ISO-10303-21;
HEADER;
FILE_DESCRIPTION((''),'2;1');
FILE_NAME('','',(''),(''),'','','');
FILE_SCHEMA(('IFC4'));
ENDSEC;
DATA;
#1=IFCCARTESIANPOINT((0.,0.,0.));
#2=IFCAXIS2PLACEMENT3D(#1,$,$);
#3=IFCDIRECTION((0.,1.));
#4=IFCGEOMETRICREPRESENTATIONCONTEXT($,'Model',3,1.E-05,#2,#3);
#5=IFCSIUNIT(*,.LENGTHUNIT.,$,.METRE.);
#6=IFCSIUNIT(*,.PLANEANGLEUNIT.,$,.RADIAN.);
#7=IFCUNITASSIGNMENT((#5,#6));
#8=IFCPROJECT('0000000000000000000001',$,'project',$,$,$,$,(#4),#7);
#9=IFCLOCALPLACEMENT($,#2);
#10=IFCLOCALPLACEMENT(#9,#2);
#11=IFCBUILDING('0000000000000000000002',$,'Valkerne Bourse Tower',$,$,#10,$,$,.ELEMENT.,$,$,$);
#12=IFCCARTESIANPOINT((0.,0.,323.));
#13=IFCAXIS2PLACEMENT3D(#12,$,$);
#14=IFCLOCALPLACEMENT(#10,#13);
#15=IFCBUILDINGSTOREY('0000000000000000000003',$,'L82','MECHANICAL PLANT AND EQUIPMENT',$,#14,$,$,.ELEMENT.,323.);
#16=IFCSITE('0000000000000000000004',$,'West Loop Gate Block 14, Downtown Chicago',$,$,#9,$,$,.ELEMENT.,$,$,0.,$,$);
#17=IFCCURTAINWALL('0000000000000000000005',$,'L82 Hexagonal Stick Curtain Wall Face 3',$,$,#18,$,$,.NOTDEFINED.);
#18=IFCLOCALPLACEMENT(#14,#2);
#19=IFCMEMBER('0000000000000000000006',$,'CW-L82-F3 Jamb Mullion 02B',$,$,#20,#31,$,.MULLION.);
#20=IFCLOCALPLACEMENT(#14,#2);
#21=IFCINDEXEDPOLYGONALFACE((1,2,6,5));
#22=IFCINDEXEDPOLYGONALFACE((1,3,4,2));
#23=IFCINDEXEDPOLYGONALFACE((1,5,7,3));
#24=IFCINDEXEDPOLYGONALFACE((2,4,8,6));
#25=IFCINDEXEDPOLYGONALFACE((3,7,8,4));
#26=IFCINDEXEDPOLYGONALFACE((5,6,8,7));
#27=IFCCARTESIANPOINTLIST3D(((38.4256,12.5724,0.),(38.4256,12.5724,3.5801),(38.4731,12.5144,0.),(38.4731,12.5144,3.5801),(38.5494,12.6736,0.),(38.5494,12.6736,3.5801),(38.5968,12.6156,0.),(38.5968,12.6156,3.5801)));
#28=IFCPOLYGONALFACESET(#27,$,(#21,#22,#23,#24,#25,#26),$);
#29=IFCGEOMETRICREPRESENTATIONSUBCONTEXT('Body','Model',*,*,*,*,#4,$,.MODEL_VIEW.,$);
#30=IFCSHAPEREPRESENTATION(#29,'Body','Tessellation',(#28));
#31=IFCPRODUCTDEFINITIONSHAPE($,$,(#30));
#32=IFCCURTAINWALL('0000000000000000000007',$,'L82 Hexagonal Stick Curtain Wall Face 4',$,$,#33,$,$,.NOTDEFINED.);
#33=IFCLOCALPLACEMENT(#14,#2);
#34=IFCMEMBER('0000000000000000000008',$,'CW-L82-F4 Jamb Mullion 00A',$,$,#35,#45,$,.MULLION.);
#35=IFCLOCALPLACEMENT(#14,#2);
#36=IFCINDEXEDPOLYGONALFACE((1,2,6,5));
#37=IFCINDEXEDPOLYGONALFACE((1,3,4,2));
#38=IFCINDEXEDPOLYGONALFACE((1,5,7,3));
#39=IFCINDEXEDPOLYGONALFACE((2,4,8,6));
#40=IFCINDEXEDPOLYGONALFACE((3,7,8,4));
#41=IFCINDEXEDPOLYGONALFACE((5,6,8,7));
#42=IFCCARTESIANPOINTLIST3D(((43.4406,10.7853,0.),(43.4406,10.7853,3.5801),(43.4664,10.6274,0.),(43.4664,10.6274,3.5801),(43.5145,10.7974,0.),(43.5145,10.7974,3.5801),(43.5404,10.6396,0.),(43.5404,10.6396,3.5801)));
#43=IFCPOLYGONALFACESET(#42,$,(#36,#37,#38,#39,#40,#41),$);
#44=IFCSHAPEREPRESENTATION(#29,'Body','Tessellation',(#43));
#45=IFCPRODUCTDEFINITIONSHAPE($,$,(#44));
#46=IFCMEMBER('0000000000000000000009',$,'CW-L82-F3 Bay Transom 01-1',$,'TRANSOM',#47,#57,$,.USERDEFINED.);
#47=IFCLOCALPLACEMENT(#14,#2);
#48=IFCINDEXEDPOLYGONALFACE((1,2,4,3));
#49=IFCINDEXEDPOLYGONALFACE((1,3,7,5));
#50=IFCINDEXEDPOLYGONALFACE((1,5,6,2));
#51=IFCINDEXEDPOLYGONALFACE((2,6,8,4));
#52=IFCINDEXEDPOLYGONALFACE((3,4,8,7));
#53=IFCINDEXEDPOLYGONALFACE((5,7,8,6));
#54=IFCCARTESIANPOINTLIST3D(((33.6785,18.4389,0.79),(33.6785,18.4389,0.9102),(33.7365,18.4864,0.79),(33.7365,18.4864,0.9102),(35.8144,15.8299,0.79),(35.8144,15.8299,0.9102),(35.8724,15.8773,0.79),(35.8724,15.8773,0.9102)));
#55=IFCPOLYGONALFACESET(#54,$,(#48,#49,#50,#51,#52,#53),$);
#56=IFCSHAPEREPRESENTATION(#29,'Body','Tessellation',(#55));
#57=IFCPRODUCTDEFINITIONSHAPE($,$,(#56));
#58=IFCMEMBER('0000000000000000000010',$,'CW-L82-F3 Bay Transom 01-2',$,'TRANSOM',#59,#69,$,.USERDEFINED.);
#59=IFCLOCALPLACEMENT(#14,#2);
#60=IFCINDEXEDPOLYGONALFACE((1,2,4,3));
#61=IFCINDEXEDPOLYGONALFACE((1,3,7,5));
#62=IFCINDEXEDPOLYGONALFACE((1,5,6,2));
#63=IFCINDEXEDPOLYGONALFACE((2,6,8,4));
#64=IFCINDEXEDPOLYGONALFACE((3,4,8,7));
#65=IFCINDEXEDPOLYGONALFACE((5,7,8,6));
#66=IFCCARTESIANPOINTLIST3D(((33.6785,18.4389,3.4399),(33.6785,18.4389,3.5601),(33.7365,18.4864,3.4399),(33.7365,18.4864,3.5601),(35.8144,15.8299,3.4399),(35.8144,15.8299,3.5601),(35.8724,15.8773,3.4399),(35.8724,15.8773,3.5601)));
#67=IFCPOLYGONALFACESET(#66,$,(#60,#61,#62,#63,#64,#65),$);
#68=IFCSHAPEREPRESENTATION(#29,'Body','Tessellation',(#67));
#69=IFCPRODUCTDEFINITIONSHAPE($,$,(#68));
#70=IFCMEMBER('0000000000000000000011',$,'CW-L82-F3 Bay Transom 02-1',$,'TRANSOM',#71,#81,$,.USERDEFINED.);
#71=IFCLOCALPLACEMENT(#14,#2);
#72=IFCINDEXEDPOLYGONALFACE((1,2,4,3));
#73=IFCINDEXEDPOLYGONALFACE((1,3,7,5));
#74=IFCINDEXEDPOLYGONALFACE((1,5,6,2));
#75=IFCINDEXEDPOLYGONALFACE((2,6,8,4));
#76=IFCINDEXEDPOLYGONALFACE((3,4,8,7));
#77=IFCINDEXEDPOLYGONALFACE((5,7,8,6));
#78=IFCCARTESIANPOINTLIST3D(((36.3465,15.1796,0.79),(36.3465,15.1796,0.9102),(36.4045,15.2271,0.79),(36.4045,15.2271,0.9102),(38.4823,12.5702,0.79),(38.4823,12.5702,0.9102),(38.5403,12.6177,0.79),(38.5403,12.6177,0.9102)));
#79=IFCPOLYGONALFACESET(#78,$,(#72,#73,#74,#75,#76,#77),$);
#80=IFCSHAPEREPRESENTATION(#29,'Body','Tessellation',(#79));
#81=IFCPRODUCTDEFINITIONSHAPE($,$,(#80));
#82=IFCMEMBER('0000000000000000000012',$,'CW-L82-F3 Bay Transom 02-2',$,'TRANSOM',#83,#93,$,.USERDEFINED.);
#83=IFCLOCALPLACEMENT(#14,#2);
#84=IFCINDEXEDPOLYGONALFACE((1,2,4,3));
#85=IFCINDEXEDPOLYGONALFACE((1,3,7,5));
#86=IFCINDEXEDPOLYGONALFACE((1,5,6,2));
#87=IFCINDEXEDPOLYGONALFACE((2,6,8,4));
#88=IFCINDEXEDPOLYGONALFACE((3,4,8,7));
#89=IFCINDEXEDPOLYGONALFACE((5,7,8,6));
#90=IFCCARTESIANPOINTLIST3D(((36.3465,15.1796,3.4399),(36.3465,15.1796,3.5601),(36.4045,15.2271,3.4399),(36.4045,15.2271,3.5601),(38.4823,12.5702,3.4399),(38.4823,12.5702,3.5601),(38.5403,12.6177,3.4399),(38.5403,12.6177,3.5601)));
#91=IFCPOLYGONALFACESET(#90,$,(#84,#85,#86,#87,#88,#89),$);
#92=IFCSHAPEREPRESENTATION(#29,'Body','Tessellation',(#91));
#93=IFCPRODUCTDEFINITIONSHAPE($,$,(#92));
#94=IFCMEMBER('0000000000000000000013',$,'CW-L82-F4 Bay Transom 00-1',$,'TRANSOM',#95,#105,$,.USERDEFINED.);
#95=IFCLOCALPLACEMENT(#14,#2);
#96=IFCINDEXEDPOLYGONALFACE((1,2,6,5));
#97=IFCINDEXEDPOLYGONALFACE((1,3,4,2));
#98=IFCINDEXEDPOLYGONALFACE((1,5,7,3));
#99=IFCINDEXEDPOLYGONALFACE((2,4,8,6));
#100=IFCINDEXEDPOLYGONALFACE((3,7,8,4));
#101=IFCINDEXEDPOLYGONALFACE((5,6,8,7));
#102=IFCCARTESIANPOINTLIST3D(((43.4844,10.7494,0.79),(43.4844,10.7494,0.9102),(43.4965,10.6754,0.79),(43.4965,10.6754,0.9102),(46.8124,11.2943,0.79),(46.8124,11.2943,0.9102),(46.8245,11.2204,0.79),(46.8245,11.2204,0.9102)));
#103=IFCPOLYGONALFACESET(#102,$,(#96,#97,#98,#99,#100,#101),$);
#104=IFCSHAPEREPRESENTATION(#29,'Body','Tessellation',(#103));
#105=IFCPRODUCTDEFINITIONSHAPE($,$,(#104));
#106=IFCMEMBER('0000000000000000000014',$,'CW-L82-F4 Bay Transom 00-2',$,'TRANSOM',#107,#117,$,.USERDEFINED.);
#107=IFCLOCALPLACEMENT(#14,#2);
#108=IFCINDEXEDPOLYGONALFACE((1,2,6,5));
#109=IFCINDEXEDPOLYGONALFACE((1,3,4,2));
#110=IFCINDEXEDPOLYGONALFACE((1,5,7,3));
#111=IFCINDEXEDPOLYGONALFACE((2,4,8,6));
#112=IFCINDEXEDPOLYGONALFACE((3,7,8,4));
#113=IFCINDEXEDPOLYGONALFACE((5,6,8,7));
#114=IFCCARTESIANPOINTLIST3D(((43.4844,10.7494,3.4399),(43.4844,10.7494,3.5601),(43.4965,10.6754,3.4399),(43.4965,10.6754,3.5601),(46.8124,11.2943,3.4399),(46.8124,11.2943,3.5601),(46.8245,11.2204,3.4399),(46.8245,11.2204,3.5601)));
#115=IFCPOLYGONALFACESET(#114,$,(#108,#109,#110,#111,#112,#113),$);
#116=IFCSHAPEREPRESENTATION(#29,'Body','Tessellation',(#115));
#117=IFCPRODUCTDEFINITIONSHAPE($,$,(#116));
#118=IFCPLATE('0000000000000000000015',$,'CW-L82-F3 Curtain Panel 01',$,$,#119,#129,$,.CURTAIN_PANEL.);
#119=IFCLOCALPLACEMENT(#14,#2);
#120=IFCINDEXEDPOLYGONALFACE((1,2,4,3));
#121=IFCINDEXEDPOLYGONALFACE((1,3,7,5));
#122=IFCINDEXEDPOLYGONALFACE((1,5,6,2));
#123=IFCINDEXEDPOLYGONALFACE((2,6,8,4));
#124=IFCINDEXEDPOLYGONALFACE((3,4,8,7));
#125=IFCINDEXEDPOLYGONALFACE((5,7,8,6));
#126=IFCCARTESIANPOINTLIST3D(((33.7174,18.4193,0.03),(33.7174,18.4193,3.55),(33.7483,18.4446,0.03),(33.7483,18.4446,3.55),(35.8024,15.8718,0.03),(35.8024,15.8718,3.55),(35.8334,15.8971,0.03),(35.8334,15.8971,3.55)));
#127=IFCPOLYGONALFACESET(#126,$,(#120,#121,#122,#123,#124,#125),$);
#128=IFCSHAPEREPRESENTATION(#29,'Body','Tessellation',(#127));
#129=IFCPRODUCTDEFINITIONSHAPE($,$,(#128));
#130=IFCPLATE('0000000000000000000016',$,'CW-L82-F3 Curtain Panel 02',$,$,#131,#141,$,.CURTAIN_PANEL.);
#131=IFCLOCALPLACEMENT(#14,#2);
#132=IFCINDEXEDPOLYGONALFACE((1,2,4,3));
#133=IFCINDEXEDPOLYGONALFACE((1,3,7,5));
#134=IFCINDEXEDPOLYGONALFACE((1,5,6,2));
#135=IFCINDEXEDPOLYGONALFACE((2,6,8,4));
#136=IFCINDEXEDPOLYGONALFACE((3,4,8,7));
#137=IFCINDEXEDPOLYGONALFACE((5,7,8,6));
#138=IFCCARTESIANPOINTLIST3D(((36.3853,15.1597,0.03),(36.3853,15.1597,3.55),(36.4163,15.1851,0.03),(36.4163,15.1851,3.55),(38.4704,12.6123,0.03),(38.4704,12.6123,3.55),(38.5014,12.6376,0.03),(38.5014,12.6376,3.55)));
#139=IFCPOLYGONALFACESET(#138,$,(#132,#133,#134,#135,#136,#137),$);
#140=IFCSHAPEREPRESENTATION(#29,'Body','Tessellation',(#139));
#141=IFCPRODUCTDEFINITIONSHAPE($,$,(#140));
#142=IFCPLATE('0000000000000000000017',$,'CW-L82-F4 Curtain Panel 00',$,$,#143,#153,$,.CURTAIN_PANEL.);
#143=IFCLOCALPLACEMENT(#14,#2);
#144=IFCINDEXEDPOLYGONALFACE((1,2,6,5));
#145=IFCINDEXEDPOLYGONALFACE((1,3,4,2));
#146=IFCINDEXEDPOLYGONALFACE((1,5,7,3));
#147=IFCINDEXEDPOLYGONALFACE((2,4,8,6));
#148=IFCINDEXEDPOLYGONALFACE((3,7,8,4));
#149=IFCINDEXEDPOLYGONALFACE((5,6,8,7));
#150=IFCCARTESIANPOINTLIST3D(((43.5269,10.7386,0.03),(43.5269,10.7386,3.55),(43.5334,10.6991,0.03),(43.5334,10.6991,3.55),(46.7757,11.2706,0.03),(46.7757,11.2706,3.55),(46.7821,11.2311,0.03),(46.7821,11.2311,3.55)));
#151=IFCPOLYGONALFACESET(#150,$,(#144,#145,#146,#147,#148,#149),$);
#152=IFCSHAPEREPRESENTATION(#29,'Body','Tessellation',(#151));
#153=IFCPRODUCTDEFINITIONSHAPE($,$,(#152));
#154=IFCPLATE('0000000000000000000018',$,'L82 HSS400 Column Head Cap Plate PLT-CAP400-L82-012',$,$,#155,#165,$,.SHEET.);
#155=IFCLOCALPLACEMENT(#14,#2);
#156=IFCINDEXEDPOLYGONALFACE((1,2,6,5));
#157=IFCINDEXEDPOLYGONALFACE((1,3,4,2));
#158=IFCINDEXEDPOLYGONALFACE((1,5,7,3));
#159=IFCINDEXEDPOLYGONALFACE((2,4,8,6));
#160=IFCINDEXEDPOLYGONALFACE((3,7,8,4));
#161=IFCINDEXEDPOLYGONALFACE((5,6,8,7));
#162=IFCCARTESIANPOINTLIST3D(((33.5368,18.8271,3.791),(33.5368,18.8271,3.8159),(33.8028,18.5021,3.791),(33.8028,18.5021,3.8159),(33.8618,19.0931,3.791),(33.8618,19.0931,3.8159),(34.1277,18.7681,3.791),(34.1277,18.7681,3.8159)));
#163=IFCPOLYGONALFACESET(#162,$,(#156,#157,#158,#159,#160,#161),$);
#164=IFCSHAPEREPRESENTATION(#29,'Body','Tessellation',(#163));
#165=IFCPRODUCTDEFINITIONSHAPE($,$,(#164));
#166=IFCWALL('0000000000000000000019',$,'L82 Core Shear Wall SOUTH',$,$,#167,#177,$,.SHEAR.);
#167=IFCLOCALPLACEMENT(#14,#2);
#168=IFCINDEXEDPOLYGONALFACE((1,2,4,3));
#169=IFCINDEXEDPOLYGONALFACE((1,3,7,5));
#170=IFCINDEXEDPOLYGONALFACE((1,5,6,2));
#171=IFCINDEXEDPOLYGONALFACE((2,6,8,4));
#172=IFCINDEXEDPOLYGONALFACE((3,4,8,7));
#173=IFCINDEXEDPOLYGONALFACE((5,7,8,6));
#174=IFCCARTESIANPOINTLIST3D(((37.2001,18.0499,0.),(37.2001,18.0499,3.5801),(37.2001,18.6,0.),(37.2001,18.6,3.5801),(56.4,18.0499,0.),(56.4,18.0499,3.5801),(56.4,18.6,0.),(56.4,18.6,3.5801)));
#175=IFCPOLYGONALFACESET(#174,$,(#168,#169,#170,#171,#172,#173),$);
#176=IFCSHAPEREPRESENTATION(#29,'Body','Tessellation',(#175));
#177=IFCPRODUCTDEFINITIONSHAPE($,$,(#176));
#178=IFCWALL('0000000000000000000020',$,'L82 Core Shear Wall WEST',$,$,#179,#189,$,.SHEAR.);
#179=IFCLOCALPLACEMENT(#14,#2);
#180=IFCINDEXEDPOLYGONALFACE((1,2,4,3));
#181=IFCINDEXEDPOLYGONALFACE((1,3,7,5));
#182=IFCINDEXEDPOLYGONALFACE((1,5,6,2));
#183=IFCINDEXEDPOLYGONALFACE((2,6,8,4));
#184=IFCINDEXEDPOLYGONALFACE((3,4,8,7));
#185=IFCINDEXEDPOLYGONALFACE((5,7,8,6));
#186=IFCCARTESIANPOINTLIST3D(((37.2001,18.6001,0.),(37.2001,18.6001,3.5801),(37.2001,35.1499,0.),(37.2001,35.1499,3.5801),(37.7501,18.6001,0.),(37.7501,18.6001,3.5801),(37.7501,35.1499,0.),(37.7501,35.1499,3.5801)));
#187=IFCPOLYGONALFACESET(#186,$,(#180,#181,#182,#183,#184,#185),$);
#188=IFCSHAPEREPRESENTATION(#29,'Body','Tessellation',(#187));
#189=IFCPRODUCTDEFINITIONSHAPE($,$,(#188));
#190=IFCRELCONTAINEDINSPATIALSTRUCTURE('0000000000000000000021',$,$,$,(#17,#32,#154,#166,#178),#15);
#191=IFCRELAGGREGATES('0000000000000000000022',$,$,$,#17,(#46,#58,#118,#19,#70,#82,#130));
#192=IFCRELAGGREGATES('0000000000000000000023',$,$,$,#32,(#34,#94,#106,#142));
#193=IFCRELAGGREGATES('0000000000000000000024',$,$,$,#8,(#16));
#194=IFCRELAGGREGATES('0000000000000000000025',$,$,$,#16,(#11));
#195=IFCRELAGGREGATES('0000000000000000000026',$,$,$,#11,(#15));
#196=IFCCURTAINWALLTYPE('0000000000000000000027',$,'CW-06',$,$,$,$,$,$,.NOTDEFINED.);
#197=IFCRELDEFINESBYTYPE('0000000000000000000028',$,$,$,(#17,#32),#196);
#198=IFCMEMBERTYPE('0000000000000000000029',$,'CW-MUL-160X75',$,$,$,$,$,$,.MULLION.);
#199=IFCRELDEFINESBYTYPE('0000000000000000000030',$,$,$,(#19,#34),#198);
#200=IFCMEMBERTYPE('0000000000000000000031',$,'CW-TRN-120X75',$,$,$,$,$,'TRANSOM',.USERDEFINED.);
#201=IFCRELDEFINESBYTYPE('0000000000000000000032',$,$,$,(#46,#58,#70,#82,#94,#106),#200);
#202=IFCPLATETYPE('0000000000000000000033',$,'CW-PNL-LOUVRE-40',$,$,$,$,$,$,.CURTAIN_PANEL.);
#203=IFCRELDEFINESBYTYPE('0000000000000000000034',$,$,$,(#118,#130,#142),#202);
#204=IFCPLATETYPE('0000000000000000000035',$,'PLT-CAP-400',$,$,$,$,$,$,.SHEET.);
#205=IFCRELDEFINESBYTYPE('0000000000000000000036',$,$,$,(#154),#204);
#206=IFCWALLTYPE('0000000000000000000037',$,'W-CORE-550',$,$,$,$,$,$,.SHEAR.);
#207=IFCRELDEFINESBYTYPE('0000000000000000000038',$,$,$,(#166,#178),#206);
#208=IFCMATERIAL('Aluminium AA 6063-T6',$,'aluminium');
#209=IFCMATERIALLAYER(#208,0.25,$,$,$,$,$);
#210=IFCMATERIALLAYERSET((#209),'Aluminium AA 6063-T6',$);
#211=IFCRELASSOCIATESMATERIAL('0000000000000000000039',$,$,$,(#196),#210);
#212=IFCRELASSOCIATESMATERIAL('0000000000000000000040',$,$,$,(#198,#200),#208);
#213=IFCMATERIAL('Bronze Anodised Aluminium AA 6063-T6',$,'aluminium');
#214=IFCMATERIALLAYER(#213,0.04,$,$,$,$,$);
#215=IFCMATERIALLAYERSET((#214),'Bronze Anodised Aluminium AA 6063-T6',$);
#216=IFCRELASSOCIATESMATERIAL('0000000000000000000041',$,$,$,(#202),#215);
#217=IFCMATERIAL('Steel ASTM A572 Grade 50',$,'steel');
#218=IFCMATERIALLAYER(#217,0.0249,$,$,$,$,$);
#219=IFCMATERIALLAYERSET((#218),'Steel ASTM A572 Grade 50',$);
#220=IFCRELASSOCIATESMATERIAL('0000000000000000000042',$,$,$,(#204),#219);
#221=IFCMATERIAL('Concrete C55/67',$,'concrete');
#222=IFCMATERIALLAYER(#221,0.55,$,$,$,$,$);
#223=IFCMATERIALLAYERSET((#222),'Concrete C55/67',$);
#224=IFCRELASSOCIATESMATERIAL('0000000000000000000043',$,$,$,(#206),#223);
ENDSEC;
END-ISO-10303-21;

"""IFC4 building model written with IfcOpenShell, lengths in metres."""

from ifc_helpers import new_model, si_unit, direction, frame, frame_2d, origin, origin_2d, place, context, subcontext, project, spatial, rectangle, extrude, material, layer, layer_set, material_profile, profile_set, type_object, element, aggregate, save


model = new_model("IFC4")

# Units and contexts
model_context = context("Model", 3, precision=1e-05, world=origin(), true_north=direction((0.0, 1.0)))
body_context = subcontext(model_context, "Body", "Model", "MODEL_VIEW")
ifc_project = project(units=[si_unit("LENGTHUNIT", "METRE"), si_unit("PLANEANGLEUNIT", "RADIAN")], contexts=[model_context])

# Site, building, storey
site_placement = place(None, origin())
site = spatial("IfcSite", under=ifc_project, at=site_placement, Name="West Loop Gate Block 14, Downtown Chicago", CompositionType="ELEMENT", RefElevation=0.0)
building_placement = place(site_placement, origin())
building = spatial("IfcBuilding", under=site, at=building_placement, Name="Valkerne Bourse Tower", CompositionType="ELEMENT")
storey_placement = place(building_placement, frame((0.0, 0.0, 323.0)))
storey = spatial("IfcBuildingStorey", under=building, at=storey_placement, Name="L82", Description="MECHANICAL PLANT AND EQUIPMENT", CompositionType="ELEMENT", Elevation=323.0)

# Curtain wall, member
ifc_material_1 = material(Name="Aluminium AA 6063-T6", Category="aluminium")
ifc_layer_1 = layer(ifc_material_1, 0.25)
ifc_layer_set_1 = layer_set([ifc_layer_1], Name="Aluminium AA 6063-T6")
curtain_wall_type = type_object("IfcCurtainWallType", Name="CW-06", PredefinedType="NOTDEFINED", material=ifc_layer_set_1)
curtain_wall_1_placement = place(storey_placement, origin())
curtain_wall_1 = element("IfcCurtainWall", 1, at=curtain_wall_1_placement, inside=storey, type_object=curtain_wall_type, Name="L82 Hexagonal Stick Curtain Wall Face 3", PredefinedType="NOTDEFINED")
ifc_material_profile_1 = material_profile(ifc_material_1, rectangle(XDim=0.075, YDim=0.1599, at=origin_2d()), Name="CWM-75X160")
ifc_profile_set_1 = profile_set([ifc_material_profile_1], Name="Aluminium AA 6063-T6")
member_type_1 = type_object("IfcMemberType", Name="CW-MUL-160X75", PredefinedType="MULLION", material=ifc_profile_set_1)
member_1_placement = place(storey_placement, frame((38.5112, 12.594, 0.0), z_axis=(0.0, 0.0, 1.0), x_axis=(0.633383, -0.773839, 0.0)))
member_1 = element("IfcMember", 2, at=member_1_placement, type_object=member_type_1, Name="CW-L82-F3 Jamb Mullion 02B", PredefinedType="MULLION", context=body_context, shape_type="SweptSolid", body=[
    extrude(rectangle(XDim=0.075, YDim=0.1599, at=origin_2d()), origin(), (0.0, 0.0, 1.0), 3.5801),
])

# Curtain wall, member
curtain_wall_2_placement = place(storey_placement, origin())
curtain_wall_2 = element("IfcCurtainWall", 3, at=curtain_wall_2_placement, inside=storey, type_object=curtain_wall_type, Name="L82 Hexagonal Stick Curtain Wall Face 4", PredefinedType="NOTDEFINED")
member_2_placement = place(storey_placement, frame((43.4905, 10.7124, 0.0), z_axis=(0.0, 0.0, 1.0), x_axis=(0.986855, 0.161607, 0.0)))
member_2 = element("IfcMember", 4, at=member_2_placement, type_object=member_type_1, Name="CW-L82-F4 Jamb Mullion 00A", PredefinedType="MULLION", context=body_context, shape_type="SweptSolid", body=[
    extrude(rectangle(XDim=0.075, YDim=0.1599, at=origin_2d()), origin(), (0.0, 0.0, 1.0), 3.5801),
])

# Members
ifc_material_profile_2 = material_profile(ifc_material_1, rectangle(XDim=0.075, YDim=0.1201, at=origin_2d()), Name="CWT-75X120")
ifc_profile_set_2 = profile_set([ifc_material_profile_2], Name="Aluminium AA 6063-T6")
member_type_2 = type_object("IfcMemberType", Name="CW-TRN-120X75", ElementType="TRANSOM", PredefinedType="USERDEFINED", material=ifc_profile_set_2)
member_3_placement = place(storey_placement, frame((33.7075, 18.4626, 0.8501), z_axis=(0.633459, -0.773777, 0.0), x_axis=(0.773777, 0.633459, 0.0)))
member_3 = element("IfcMember", 5, at=member_3_placement, type_object=member_type_2, Name="CW-L82-F3 Bay Transom 01-1", ObjectType="TRANSOM", PredefinedType="USERDEFINED", context=body_context, shape_type="SweptSolid", body=[
    extrude(rectangle(XDim=0.075, YDim=0.1201, at=origin_2d()), origin(), (0.0, 0.0, 1.0), 3.3718),
])
member_4_placement = place(storey_placement, frame((33.7075, 18.4626, 3.5), z_axis=(0.633459, -0.773777, 0.0), x_axis=(0.773777, 0.633459, 0.0)))
member_4 = element("IfcMember", 6, at=member_4_placement, type_object=member_type_2, Name="CW-L82-F3 Bay Transom 01-2", ObjectType="TRANSOM", PredefinedType="USERDEFINED", context=body_context, shape_type="SweptSolid", body=[
    extrude(rectangle(XDim=0.075, YDim=0.1201, at=origin_2d()), origin(), (0.0, 0.0, 1.0), 3.3718),
])
member_5_placement = place(storey_placement, frame((36.3755, 15.2034, 0.8501), z_axis=(0.63338, -0.773841, 0.0), x_axis=(0.773841, 0.63338, 0.0)))
member_5 = element("IfcMember", 7, at=member_5_placement, type_object=member_type_2, Name="CW-L82-F3 Bay Transom 02-1", ObjectType="TRANSOM", PredefinedType="USERDEFINED", context=body_context, shape_type="SweptSolid", body=[
    extrude(rectangle(XDim=0.075, YDim=0.1201, at=origin_2d()), origin(), (0.0, 0.0, 1.0), 3.3721),
])
member_6_placement = place(storey_placement, frame((36.3755, 15.2034, 3.5), z_axis=(0.63338, -0.773841, 0.0), x_axis=(0.773841, 0.63338, 0.0)))
member_6 = element("IfcMember", 8, at=member_6_placement, type_object=member_type_2, Name="CW-L82-F3 Bay Transom 02-2", ObjectType="TRANSOM", PredefinedType="USERDEFINED", context=body_context, shape_type="SweptSolid", body=[
    extrude(rectangle(XDim=0.075, YDim=0.1201, at=origin_2d()), origin(), (0.0, 0.0, 1.0), 3.3721),
])
member_7_placement = place(storey_placement, frame((43.4905, 10.7124, 0.8501), z_axis=(0.986858, 0.161592, 0.0), x_axis=(-0.161592, 0.986858, 0.0)))
member_7 = element("IfcMember", 9, at=member_7_placement, type_object=member_type_2, Name="CW-L82-F4 Bay Transom 00-1", ObjectType="TRANSOM", PredefinedType="USERDEFINED", context=body_context, shape_type="SweptSolid", body=[
    extrude(rectangle(XDim=0.075, YDim=0.1201, at=origin_2d()), origin(), (0.0, 0.0, 1.0), 3.3723),
])
member_8_placement = place(storey_placement, frame((43.4905, 10.7124, 3.5), z_axis=(0.986858, 0.161592, 0.0), x_axis=(-0.161592, 0.986858, 0.0)))
member_8 = element("IfcMember", 10, at=member_8_placement, type_object=member_type_2, Name="CW-L82-F4 Bay Transom 00-2", ObjectType="TRANSOM", PredefinedType="USERDEFINED", context=body_context, shape_type="SweptSolid", body=[
    extrude(rectangle(XDim=0.075, YDim=0.1201, at=origin_2d()), origin(), (0.0, 0.0, 1.0), 3.3723),
])

# Plates
ifc_material_2 = material(Name="Bronze Anodised Aluminium AA 6063-T6", Category="aluminium")
ifc_layer_2 = layer(ifc_material_2, 0.04)
ifc_layer_set_2 = layer_set([ifc_layer_2], Name="Bronze Anodised Aluminium AA 6063-T6")
plate_type_1 = type_object("IfcPlateType", Name="CW-PNL-LOUVRE-40", PredefinedType="CURTAIN_PANEL", material=ifc_layer_set_2)
plate_1_placement = place(storey_placement, frame((34.7754, 17.1582, 0.03), z_axis=(0.0, 0.0, 1.0), x_axis=(0.633383, -0.773839, 0.0)))
plate_1 = element("IfcPlate", 11, at=plate_1_placement, type_object=plate_type_1, Name="CW-L82-F3 Curtain Panel 01", PredefinedType="CURTAIN_PANEL", context=body_context, shape_type="SweptSolid", body=[
    extrude(rectangle(XDim=3.292, YDim=0.04, at=origin_2d()), origin(), (0.0, 0.0, 1.0), 3.52),
])
plate_2_placement = place(storey_placement, frame((37.4434, 13.8987, 0.03), z_axis=(0.0, 0.0, 1.0), x_axis=(0.633383, -0.773839, 0.0)))
plate_2 = element("IfcPlate", 12, at=plate_2_placement, type_object=plate_type_1, Name="CW-L82-F3 Curtain Panel 02", PredefinedType="CURTAIN_PANEL", context=body_context, shape_type="SweptSolid", body=[
    extrude(rectangle(XDim=3.292, YDim=0.04, at=origin_2d()), origin(), (0.0, 0.0, 1.0), 3.52),
])
aggregate(curtain_wall_1, [member_3, member_4, plate_1, member_1, member_5, member_6, plate_2])
plate_3_placement = place(storey_placement, frame((45.1545, 10.9849, 0.03), z_axis=(0.0, 0.0, 1.0), x_axis=(0.986855, 0.161607, 0.0)))
plate_3 = element("IfcPlate", 13, at=plate_3_placement, type_object=plate_type_1, Name="CW-L82-F4 Curtain Panel 00", PredefinedType="CURTAIN_PANEL", context=body_context, shape_type="SweptSolid", body=[
    extrude(rectangle(XDim=3.292, YDim=0.04, at=origin_2d()), origin(), (0.0, 0.0, 1.0), 3.52),
])
aggregate(curtain_wall_2, [member_2, member_7, member_8, plate_3])
ifc_material_3 = material(Name="Steel ASTM A572 Grade 50", Category="steel")
ifc_layer_3 = layer(ifc_material_3, 0.0249)
ifc_layer_set_3 = layer_set([ifc_layer_3], Name="Steel ASTM A572 Grade 50")
plate_type_2 = type_object("IfcPlateType", Name="PLT-CAP-400", PredefinedType="SHEET", material=ifc_layer_set_3)
plate_4_placement = place(storey_placement, frame((33.8323, 18.7976, 3.791), z_axis=(0.0, 0.0, 1.0), x_axis=(0.633381, -0.77384, 0.0)))
element("IfcPlate", 14, at=plate_4_placement, inside=storey, type_object=plate_type_2, Name="L82 HSS400 Column Head Cap Plate PLT-CAP400-L82-012", PredefinedType="SHEET", context=body_context, shape_type="SweptSolid", body=[
    extrude(rectangle(XDim=0.4199, YDim=0.4199, at=origin_2d()), origin(), (0.0, 0.0, 1.0), 0.0249),
])

# Walls
ifc_material_4 = material(Name="Concrete C55/67", Category="concrete")
ifc_layer_4 = layer(ifc_material_4, 0.55)
ifc_layer_set_4 = layer_set([ifc_layer_4], Name="Concrete C55/67")
wall_type_1 = type_object("IfcWallType", Name="W-CORE-550", PredefinedType="SHEAR", material=ifc_layer_set_4)
wall_1_placement = place(storey_placement, frame((37.2, 18.325, 0.0), z_axis=(0.0, 0.0, 1.0), x_axis=(1.0, 0.0, 0.0)))
element("IfcWall", 15, at=wall_1_placement, inside=storey, type_object=wall_type_1, Name="L82 Core Shear Wall SOUTH", PredefinedType="SHEAR", context=body_context, shape_type="SweptSolid", body=[
    extrude(rectangle(XDim=19.2, YDim=0.55, at=frame_2d((9.6001, 0.0))), origin(), (0.0, 0.0, 1.0), 3.5801),
])
wall_2_placement = place(storey_placement, frame((37.4751, 18.6001, 0.0), z_axis=(0.0, 0.0, 1.0), x_axis=(0.0, 1.0, 0.0)))
element("IfcWall", 16, at=wall_2_placement, inside=storey, type_object=wall_type_1, Name="L82 Core Shear Wall WEST", PredefinedType="SHEAR", context=body_context, shape_type="SweptSolid", body=[
    extrude(rectangle(XDim=16.5498, YDim=0.55, at=frame_2d((8.2749, 0.0))), origin(), (0.0, 0.0, 1.0), 3.5801),
])

save(model, "model.ifc")
